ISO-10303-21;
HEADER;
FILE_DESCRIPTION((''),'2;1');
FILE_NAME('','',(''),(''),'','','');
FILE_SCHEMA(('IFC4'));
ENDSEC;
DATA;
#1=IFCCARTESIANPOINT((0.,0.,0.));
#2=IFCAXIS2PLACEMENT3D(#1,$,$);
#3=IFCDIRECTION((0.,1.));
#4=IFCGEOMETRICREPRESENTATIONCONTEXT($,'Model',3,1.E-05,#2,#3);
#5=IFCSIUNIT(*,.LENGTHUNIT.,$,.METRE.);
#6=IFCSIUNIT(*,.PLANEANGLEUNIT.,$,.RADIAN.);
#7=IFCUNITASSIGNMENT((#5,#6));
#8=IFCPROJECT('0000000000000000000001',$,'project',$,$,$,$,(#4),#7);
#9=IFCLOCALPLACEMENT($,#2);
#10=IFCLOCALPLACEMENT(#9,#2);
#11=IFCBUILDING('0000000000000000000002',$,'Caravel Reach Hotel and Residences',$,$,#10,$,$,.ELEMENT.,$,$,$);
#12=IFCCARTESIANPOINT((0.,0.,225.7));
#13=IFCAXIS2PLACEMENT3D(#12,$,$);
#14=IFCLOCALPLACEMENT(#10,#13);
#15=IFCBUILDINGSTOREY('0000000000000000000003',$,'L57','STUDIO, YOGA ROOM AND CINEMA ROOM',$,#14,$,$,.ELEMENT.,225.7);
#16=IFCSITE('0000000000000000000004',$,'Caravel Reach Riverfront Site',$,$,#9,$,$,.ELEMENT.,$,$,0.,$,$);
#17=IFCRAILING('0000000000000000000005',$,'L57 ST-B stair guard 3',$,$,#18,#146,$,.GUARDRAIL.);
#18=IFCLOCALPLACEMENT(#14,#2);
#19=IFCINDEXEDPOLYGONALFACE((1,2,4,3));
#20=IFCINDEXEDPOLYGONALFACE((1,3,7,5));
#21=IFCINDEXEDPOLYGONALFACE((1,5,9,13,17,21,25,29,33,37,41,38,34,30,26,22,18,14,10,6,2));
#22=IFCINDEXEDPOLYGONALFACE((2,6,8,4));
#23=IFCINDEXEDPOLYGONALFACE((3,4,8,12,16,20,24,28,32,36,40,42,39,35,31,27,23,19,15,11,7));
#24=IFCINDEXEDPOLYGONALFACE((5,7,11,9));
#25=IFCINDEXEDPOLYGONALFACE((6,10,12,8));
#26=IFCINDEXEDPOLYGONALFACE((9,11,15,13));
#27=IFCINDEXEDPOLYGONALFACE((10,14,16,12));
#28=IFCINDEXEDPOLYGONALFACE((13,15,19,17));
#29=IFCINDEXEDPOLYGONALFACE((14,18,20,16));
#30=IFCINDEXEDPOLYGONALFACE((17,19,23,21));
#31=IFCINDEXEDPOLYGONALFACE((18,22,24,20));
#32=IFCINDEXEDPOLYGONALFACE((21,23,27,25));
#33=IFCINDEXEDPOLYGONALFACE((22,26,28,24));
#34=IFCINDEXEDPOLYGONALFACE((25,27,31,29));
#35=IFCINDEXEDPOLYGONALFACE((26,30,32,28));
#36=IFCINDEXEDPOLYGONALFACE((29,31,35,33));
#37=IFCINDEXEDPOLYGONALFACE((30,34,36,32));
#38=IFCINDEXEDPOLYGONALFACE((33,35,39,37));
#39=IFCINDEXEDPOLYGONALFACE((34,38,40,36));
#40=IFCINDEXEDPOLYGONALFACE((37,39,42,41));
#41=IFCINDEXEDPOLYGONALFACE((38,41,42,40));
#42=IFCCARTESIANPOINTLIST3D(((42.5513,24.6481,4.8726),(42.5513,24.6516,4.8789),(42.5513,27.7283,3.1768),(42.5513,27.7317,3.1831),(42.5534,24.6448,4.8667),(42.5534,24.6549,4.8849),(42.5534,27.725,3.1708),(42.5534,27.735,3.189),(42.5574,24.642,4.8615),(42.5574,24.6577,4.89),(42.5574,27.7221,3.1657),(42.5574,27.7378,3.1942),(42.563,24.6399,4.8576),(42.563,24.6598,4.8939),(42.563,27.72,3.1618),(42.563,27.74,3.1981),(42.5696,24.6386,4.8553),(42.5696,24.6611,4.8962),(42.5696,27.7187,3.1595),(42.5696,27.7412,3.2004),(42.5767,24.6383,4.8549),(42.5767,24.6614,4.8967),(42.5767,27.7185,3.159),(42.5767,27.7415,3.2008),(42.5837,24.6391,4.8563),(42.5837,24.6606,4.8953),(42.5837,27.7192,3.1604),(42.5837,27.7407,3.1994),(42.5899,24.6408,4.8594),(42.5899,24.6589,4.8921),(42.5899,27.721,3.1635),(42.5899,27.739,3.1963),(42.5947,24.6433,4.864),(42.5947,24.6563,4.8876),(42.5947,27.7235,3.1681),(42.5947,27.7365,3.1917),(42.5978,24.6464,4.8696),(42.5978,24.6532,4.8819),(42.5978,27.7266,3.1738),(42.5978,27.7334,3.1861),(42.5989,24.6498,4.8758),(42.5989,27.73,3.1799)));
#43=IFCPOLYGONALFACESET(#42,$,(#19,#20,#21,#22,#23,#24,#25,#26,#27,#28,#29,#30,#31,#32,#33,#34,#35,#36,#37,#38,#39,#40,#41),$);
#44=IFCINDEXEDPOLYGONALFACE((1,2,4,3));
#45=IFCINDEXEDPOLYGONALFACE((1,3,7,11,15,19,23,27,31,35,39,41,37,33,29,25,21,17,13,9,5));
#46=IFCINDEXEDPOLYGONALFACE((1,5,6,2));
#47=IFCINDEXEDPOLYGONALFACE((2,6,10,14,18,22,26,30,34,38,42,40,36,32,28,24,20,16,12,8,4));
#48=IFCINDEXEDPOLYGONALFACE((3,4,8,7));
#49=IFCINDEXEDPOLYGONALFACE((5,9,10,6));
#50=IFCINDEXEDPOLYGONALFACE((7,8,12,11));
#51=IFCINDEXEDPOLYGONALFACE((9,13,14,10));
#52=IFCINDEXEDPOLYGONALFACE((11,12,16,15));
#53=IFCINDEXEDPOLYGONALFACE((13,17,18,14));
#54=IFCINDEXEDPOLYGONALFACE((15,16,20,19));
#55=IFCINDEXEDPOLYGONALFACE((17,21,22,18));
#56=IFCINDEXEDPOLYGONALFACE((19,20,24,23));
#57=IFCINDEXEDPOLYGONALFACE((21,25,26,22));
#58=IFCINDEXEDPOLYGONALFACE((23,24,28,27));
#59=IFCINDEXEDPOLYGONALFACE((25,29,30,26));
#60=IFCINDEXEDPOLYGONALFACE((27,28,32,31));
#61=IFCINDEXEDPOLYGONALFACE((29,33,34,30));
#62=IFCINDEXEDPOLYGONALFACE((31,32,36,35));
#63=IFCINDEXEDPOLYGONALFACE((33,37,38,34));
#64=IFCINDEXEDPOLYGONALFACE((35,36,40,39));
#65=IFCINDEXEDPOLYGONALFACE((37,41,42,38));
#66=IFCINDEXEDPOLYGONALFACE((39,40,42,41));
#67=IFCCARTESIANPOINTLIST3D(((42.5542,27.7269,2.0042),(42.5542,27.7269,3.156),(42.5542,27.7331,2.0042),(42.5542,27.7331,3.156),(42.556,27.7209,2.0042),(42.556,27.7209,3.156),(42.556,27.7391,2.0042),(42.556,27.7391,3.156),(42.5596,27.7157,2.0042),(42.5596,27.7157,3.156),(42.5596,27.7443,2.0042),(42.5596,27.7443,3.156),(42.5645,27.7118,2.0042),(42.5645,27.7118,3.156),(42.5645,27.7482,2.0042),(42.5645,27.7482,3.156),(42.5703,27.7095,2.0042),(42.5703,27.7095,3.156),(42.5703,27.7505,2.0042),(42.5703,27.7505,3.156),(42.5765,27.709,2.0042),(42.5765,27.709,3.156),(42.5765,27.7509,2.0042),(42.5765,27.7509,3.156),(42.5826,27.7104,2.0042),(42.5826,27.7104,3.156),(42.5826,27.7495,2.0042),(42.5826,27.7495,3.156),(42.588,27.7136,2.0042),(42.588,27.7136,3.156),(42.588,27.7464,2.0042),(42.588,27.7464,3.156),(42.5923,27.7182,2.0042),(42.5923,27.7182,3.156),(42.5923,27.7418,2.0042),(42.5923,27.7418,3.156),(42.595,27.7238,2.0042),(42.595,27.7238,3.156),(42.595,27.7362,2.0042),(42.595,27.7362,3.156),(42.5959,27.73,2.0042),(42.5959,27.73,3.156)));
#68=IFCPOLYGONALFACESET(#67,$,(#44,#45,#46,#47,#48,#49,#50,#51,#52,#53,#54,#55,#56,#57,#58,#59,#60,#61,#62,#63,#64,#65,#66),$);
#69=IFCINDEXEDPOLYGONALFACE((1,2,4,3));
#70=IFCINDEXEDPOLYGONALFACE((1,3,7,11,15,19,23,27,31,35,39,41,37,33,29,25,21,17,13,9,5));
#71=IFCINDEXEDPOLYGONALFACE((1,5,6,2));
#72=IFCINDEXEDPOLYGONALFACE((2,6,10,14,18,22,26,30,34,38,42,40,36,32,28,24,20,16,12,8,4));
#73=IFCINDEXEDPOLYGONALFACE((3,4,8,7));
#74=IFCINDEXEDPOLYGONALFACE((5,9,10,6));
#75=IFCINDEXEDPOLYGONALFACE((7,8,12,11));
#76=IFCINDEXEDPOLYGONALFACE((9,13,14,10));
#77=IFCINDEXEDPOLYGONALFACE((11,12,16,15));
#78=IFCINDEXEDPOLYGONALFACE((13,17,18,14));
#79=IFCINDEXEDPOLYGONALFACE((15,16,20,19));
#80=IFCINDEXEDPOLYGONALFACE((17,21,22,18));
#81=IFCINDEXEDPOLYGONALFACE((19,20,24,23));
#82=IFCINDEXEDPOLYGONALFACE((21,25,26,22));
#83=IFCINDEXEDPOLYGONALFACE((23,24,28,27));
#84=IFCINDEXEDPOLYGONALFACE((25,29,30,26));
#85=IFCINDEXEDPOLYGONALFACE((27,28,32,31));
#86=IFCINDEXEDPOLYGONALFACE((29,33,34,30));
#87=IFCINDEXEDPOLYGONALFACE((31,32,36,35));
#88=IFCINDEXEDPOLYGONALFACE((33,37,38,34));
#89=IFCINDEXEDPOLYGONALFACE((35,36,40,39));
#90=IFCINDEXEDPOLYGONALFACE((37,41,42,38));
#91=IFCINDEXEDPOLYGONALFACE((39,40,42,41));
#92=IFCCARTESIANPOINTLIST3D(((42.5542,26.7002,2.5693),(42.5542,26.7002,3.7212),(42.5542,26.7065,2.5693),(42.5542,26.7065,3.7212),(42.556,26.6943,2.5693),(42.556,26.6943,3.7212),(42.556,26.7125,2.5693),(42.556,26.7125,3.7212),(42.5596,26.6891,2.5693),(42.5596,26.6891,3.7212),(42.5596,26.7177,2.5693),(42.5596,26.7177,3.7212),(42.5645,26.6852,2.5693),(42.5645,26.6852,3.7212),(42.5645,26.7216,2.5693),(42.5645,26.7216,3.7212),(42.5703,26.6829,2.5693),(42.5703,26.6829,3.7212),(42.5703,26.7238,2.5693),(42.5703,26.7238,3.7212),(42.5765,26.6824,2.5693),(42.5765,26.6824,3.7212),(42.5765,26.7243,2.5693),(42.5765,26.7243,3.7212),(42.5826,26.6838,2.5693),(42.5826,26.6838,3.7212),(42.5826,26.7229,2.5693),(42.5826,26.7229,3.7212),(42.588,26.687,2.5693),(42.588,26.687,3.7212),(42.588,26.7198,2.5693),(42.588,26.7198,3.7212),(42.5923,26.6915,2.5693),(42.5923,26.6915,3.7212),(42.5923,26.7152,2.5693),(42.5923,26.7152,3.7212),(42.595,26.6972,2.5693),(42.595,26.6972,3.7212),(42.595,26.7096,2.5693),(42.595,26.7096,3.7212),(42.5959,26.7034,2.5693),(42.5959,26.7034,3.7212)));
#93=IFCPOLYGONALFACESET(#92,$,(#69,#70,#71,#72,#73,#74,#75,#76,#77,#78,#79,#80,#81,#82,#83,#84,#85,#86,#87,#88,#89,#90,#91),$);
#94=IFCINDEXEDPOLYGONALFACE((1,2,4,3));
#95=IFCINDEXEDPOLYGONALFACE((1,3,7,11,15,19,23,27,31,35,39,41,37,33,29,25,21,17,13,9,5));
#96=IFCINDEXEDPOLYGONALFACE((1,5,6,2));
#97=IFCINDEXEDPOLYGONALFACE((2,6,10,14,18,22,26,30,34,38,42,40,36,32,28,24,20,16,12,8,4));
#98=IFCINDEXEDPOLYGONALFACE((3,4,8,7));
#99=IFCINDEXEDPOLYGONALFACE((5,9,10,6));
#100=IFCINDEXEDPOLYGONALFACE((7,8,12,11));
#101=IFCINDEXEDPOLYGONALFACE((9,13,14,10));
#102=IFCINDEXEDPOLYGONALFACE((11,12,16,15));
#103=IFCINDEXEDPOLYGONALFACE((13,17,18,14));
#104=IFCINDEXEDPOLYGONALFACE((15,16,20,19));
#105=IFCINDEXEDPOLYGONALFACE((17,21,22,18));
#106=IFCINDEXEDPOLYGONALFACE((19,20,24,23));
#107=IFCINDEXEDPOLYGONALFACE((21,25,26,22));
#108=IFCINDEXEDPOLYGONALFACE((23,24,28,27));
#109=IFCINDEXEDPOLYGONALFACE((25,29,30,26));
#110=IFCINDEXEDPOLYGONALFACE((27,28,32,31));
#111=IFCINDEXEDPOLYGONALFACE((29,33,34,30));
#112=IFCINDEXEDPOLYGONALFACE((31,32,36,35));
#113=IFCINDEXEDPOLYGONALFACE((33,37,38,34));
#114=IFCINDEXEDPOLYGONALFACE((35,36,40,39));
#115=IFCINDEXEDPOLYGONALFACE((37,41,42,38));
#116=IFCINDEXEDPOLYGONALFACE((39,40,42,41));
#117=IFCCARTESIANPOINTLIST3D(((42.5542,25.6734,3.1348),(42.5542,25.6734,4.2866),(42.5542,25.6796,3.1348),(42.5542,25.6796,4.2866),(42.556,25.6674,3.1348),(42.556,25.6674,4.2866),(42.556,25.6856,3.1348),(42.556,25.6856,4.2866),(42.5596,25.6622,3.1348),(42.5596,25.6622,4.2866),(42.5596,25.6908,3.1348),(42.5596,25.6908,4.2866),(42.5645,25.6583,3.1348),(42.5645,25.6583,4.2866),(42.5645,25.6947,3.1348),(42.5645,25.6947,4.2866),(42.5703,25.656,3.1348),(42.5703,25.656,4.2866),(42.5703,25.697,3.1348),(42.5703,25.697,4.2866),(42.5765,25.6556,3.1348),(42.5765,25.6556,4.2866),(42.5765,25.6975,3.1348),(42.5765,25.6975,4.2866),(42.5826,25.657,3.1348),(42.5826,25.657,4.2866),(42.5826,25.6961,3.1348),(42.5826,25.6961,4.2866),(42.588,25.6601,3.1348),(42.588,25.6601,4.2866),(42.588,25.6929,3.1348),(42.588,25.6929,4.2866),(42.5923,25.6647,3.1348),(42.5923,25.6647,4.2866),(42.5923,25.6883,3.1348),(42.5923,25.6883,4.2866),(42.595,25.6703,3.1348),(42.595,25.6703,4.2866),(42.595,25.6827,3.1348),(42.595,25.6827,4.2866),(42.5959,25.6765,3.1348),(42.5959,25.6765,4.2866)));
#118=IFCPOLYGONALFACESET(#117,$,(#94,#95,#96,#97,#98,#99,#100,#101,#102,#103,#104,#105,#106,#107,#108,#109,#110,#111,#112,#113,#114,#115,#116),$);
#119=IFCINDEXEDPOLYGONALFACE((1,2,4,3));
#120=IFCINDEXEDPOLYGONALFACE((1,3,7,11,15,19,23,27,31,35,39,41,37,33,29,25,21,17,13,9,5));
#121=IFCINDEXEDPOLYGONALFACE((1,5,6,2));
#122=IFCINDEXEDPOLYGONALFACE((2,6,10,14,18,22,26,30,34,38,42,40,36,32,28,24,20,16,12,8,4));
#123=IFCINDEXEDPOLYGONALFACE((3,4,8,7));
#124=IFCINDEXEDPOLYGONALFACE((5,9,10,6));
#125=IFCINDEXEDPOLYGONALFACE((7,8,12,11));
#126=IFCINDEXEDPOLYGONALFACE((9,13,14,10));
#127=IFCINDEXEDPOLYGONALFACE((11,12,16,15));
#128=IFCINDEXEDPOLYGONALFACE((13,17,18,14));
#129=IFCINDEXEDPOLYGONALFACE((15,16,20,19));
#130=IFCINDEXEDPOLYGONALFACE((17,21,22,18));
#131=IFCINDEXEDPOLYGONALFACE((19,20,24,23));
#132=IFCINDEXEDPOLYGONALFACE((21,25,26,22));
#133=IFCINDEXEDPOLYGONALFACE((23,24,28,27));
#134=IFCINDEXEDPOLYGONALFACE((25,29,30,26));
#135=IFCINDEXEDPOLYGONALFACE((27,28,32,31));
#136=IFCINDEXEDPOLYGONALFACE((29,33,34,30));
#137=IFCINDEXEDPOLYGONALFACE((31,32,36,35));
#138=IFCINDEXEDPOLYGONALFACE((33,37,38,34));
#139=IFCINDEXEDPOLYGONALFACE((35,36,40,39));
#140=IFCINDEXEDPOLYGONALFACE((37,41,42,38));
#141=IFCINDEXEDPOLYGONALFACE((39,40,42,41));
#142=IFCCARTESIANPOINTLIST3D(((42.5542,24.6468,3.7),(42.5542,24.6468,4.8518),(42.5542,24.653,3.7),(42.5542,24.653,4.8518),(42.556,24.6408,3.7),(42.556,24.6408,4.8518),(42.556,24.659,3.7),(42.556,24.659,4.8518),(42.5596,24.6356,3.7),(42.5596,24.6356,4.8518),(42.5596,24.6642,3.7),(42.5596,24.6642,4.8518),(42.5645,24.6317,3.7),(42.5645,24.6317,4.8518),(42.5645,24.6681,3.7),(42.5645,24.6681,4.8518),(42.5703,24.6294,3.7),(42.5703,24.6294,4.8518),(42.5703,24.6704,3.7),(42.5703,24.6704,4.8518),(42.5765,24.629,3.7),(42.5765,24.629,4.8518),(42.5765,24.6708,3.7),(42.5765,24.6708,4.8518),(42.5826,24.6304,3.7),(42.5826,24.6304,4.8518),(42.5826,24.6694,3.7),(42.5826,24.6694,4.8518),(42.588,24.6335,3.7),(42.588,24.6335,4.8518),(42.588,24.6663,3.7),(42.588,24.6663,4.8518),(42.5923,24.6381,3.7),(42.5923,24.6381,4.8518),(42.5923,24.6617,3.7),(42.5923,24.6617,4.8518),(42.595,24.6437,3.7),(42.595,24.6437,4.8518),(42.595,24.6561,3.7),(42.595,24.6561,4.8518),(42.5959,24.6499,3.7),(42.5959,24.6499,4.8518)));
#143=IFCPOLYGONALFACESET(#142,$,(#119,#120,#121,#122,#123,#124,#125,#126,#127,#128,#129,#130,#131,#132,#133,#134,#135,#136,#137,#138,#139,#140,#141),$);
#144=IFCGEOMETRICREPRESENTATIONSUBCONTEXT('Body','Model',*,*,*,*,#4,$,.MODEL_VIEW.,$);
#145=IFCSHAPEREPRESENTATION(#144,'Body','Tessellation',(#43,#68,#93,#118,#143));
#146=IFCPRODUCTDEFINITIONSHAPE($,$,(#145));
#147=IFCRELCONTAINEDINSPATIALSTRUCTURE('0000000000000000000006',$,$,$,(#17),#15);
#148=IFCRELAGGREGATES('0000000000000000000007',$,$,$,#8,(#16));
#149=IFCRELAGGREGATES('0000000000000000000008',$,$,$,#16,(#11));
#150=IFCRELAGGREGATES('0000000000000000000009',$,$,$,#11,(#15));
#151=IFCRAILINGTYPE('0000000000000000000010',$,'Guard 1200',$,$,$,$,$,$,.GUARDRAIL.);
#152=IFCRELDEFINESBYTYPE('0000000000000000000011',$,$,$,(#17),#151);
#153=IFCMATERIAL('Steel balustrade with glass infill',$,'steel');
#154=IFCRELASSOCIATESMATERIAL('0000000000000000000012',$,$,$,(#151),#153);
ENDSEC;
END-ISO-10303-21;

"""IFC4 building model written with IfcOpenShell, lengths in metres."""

from ifc_helpers import new_model, si_unit, direction, frame, origin, origin_2d, place, context, subcontext, project, spatial, circle, extrude, material, type_object, element, save


model = new_model("IFC4")

# Units and contexts
model_context = context("Model", 3, precision=1e-05, world=origin(), true_north=direction((0.0, 1.0)))
body_context = subcontext(model_context, "Body", "Model", "MODEL_VIEW")
ifc_project = project(units=[si_unit("LENGTHUNIT", "METRE"), si_unit("PLANEANGLEUNIT", "RADIAN")], contexts=[model_context])

# Site, building, storey
site_placement = place(None, origin())
site = spatial("IfcSite", under=ifc_project, at=site_placement, Name="Caravel Reach Riverfront Site", CompositionType="ELEMENT", RefElevation=0.0)
building_placement = place(site_placement, origin())
building = spatial("IfcBuilding", under=site, at=building_placement, Name="Caravel Reach Hotel and Residences", CompositionType="ELEMENT")
storey_placement = place(building_placement, frame((0.0, 0.0, 225.7)))
storey = spatial("IfcBuildingStorey", under=building, at=storey_placement, Name="L57", Description="STUDIO, YOGA ROOM AND CINEMA ROOM", CompositionType="ELEMENT", Elevation=225.7)

# Railing
ifc_material_1 = material(Name="Steel balustrade with glass infill", Category="steel")
railing_type_1 = type_object("IfcRailingType", Name="Guard 1200", PredefinedType="GUARDRAIL", material=ifc_material_1)
railing_1_placement = place(storey_placement, frame((42.575, 27.73, 2.0042)))
element("IfcRailing", 1, at=railing_1_placement, inside=storey, type_object=railing_type_1, Name="L57 ST-B stair guard 3", PredefinedType="GUARDRAIL", context=body_context, shape_type="SweptSolid", body=[
    extrude(circle(Radius=0.0239, at=origin_2d()), frame((0.0, 0.0, 1.1758), z_axis=(0.0, -0.876005, 0.482303), x_axis=(1.0, 0.0, 0.0)), (0.0, 0.0, 1.0), 3.5161),
    extrude(circle(Radius=0.021, at=origin_2d()), origin(), (0.0, 0.0, 1.0), 1.1519),
    extrude(circle(Radius=0.021, at=origin_2d()), frame((0.0, -1.0266, 0.5652)), (0.0, 0.0, 1.0), 1.1519),
    extrude(circle(Radius=0.021, at=origin_2d()), frame((0.0, -2.0535, 1.1306)), (0.0, 0.0, 1.0), 1.1519),
    extrude(circle(Radius=0.021, at=origin_2d()), frame((0.0, -3.0801, 1.6958)), (0.0, 0.0, 1.0), 1.1519),
])

save(model, "model.ifc")
